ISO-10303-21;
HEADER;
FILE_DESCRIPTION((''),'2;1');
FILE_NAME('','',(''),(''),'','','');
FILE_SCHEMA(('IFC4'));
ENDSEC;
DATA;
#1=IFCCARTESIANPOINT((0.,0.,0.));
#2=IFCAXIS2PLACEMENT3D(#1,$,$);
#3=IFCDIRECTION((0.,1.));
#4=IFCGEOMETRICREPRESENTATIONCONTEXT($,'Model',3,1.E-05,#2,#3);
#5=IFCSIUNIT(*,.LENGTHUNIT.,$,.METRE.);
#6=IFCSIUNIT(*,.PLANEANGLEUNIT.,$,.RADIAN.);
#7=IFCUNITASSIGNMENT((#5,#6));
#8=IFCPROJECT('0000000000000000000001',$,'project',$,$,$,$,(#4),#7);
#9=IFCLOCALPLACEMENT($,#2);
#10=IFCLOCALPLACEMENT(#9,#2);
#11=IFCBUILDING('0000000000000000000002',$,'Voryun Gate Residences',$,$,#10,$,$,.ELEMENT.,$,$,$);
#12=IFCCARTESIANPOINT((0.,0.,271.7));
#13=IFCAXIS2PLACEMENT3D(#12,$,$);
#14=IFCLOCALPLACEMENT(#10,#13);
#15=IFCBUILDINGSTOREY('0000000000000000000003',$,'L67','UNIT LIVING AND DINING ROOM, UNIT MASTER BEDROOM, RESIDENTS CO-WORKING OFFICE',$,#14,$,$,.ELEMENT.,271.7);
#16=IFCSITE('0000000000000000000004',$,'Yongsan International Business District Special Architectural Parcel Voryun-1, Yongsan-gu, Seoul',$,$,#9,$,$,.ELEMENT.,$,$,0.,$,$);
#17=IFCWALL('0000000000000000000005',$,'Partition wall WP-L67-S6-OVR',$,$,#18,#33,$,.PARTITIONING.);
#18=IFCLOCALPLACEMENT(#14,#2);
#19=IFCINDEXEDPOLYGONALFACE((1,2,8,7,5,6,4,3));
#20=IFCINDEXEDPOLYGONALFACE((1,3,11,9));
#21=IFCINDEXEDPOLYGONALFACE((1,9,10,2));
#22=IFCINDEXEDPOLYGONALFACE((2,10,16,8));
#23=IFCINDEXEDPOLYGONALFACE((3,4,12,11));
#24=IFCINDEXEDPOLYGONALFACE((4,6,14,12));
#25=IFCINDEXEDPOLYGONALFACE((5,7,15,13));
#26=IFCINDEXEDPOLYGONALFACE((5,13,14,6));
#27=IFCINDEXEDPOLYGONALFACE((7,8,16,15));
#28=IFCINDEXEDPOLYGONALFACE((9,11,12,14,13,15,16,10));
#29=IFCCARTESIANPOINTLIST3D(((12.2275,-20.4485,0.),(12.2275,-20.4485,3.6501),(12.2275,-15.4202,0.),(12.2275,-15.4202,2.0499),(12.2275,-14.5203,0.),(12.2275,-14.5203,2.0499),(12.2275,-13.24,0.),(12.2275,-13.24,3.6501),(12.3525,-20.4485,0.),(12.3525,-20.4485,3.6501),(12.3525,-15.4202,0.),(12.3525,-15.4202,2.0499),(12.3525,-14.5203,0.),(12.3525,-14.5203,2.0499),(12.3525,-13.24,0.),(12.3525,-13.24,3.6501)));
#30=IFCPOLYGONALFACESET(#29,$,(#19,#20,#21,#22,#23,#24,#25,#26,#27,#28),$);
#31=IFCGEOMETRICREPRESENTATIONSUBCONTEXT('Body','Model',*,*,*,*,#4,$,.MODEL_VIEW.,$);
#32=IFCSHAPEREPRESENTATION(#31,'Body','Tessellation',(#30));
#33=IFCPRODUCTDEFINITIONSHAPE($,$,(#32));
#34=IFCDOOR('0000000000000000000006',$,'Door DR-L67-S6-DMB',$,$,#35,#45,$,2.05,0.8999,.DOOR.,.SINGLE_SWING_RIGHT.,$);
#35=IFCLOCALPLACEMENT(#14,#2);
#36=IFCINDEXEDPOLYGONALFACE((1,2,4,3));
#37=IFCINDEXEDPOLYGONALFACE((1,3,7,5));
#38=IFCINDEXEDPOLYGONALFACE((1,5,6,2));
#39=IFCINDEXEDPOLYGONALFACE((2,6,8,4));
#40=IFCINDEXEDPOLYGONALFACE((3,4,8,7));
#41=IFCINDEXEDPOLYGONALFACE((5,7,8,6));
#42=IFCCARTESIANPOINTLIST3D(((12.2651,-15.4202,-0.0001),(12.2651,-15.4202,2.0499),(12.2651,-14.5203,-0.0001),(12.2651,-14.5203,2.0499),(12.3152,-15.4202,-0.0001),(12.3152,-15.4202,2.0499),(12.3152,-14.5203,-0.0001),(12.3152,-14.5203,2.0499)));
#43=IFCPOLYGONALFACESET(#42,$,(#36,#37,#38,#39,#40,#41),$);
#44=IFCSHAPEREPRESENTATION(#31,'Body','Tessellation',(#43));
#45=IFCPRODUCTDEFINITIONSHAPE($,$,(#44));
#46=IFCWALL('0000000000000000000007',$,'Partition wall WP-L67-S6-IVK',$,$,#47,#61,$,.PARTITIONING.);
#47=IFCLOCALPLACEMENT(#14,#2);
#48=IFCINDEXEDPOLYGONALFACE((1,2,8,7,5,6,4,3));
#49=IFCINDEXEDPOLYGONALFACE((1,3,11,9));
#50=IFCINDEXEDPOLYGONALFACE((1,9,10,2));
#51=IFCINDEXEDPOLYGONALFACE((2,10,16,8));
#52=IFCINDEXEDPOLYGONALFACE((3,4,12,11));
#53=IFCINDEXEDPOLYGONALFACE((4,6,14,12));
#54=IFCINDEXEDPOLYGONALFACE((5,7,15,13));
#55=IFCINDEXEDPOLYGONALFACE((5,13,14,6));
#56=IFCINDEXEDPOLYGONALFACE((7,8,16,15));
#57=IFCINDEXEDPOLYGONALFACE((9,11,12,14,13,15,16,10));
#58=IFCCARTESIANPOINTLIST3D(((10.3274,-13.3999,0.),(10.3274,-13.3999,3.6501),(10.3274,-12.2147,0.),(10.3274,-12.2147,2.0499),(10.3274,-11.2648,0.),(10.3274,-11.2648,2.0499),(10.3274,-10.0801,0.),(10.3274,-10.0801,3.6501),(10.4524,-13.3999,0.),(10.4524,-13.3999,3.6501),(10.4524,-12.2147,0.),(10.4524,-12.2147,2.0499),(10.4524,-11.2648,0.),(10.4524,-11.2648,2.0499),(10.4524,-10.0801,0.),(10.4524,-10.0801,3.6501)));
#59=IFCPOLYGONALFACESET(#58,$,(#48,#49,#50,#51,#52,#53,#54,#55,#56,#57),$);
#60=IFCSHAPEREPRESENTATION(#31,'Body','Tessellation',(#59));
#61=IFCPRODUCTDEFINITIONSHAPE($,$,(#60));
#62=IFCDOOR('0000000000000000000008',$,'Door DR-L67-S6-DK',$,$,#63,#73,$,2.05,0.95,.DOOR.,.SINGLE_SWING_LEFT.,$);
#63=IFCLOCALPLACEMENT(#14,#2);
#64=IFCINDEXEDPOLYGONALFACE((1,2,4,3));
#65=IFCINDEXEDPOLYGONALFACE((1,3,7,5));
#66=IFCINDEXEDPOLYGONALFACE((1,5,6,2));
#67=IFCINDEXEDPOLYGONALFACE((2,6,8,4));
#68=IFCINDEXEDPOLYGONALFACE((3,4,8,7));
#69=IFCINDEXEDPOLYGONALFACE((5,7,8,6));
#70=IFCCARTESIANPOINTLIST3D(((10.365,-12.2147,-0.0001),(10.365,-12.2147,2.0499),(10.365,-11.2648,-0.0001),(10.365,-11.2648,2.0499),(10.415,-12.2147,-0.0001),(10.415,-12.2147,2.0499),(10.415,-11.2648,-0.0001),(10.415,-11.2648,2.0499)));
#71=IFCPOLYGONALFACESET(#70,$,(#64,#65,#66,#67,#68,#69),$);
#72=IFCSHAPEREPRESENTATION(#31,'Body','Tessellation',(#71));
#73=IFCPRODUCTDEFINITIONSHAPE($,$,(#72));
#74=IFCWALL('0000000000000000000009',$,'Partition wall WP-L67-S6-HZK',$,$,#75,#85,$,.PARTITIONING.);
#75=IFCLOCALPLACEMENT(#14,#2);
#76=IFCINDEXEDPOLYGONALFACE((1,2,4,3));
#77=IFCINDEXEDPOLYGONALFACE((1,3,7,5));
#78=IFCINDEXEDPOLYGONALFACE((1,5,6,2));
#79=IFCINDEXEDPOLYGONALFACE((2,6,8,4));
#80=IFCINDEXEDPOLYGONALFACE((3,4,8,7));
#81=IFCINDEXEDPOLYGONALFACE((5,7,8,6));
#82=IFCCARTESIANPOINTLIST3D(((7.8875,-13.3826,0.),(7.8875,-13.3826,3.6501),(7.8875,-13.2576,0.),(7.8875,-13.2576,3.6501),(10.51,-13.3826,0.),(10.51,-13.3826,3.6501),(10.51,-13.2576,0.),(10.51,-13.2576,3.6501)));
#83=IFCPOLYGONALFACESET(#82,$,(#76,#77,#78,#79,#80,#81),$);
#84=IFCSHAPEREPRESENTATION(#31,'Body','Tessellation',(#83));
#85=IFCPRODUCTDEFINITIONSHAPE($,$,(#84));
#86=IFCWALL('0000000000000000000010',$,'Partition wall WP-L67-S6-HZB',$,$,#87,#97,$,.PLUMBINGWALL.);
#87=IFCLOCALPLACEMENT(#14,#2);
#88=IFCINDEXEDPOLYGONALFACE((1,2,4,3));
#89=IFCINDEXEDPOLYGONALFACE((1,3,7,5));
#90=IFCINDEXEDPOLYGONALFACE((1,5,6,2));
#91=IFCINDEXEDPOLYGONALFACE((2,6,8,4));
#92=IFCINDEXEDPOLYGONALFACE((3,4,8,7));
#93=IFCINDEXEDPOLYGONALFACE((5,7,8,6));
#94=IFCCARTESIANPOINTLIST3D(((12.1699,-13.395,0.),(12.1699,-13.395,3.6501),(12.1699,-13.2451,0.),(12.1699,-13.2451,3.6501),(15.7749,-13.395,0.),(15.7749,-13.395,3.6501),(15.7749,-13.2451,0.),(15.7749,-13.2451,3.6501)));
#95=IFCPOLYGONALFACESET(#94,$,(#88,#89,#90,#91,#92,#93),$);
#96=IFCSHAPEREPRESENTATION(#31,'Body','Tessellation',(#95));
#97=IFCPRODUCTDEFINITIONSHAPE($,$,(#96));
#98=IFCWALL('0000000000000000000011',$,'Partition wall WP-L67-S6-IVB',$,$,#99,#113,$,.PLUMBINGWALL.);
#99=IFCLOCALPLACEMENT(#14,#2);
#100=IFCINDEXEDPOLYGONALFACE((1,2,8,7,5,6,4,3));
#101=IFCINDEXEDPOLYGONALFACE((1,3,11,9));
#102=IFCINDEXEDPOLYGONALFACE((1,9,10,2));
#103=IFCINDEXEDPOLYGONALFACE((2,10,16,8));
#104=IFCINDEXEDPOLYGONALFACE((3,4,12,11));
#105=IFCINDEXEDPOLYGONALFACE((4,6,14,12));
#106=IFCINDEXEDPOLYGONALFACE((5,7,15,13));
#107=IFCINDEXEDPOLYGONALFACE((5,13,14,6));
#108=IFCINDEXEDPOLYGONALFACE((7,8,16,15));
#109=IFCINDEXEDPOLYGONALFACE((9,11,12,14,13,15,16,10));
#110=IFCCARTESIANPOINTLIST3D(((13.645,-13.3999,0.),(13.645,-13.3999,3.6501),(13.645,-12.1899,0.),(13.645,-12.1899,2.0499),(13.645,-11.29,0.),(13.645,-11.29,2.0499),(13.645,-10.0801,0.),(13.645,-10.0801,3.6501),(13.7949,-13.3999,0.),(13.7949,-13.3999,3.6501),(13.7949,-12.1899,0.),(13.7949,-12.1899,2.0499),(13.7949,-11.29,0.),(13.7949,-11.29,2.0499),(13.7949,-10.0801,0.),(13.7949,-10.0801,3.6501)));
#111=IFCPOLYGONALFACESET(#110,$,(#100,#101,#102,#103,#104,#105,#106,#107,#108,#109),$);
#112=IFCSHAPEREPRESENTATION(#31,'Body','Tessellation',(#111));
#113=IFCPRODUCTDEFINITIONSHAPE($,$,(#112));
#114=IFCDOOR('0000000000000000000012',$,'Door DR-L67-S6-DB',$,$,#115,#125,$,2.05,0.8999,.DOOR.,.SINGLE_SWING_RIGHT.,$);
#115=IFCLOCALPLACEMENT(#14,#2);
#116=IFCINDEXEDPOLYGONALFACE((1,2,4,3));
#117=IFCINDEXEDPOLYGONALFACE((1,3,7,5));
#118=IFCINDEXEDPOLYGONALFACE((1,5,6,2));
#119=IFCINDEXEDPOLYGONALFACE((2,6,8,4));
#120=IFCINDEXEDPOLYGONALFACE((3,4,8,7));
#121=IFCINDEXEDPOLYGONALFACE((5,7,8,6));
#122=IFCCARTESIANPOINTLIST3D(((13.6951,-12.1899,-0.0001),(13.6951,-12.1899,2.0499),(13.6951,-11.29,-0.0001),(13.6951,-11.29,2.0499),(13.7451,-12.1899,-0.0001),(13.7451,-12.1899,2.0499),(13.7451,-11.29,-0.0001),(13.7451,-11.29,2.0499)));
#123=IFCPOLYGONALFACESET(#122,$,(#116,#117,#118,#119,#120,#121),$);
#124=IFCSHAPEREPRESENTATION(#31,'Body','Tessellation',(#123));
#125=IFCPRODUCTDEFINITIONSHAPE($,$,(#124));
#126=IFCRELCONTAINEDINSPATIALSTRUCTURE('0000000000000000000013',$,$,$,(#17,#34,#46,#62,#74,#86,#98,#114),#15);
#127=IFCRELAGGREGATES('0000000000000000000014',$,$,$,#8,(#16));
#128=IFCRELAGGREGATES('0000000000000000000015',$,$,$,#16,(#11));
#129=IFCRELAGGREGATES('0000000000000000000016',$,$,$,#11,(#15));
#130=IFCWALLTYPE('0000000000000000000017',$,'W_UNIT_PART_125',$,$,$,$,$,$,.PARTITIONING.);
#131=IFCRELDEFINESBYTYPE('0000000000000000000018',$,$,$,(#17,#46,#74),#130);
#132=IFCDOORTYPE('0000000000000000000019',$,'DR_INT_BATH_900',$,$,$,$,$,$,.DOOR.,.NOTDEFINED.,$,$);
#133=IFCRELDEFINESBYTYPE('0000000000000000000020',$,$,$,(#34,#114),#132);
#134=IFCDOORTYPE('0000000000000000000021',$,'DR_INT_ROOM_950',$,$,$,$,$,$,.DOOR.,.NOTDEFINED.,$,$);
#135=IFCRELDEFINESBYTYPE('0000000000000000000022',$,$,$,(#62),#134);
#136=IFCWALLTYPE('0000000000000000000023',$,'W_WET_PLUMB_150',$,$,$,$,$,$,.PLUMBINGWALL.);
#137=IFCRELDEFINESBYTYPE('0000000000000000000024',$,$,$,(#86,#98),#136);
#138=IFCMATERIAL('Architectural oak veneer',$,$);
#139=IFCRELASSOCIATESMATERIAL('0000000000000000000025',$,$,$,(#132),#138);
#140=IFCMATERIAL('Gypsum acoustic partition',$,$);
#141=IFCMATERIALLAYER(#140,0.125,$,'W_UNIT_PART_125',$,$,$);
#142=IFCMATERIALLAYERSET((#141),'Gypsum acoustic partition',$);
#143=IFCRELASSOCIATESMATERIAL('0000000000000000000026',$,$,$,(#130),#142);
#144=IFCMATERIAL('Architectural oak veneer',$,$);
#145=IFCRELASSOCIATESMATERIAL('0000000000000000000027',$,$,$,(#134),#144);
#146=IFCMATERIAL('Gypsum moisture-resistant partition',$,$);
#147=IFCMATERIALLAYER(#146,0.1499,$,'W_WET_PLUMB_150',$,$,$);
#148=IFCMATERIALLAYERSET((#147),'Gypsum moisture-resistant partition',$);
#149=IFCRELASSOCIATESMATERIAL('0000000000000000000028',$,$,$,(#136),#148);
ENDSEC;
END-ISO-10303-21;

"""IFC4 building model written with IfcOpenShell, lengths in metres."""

from ifc_helpers import new_model, si_unit, direction, frame, frame_2d, origin, place, context, subcontext, project, spatial, rectangle, extrude, material, layer, layer_set, type_object, element, fill, save


model = new_model("IFC4")

# Units and contexts
model_context = context("Model", 3, precision=1e-05, world=origin(), true_north=direction((0.0, 1.0)))
body_context = subcontext(model_context, "Body", "Model", "MODEL_VIEW")
ifc_project = project(units=[si_unit("LENGTHUNIT", "METRE"), si_unit("PLANEANGLEUNIT", "RADIAN")], contexts=[model_context])

# Site, building, storey
site_placement = place(None, origin())
site = spatial("IfcSite", under=ifc_project, at=site_placement, Name="Yongsan International Business District Special Architectural Parcel Voryun-1, Yongsan-gu, Seoul", CompositionType="ELEMENT", RefElevation=0.0)
building_placement = place(site_placement, origin())
building = spatial("IfcBuilding", under=site, at=building_placement, Name="Voryun Gate Residences", CompositionType="ELEMENT")
storey_placement = place(building_placement, frame((0.0, 0.0, 271.7)))
storey = spatial("IfcBuildingStorey", under=building, at=storey_placement, Name="L67", Description="UNIT LIVING AND DINING ROOM, UNIT MASTER BEDROOM, RESIDENTS CO-WORKING OFFICE", CompositionType="ELEMENT", Elevation=271.7)

# Walls, openings, doors
ifc_material_1 = material(Name="Architectural oak veneer")
door_type_1 = type_object("IfcDoorType", Name="DR_INT_BATH_900", OperationType="NOTDEFINED", PredefinedType="DOOR", material=ifc_material_1)
ifc_material_2 = material(Name="Gypsum acoustic partition")
ifc_layer_1 = layer(ifc_material_2, 0.125, Name="W_UNIT_PART_125")
ifc_layer_set_1 = layer_set([ifc_layer_1], Name="Gypsum acoustic partition")
wall_type_1 = type_object("IfcWallType", Name="W_UNIT_PART_125", PredefinedType="PARTITIONING", material=ifc_layer_set_1)
wall_1_placement = place(storey_placement, frame((12.29, -20.4485, 0.0), z_axis=(0.0, 0.0, 1.0), x_axis=(0.0, 1.0, 0.0)))
wall_1 = element("IfcWall", 1, at=wall_1_placement, inside=storey, type_object=wall_type_1, Name="Partition wall WP-L67-S6-OVR", PredefinedType="PARTITIONING", context=body_context, shape_type="SweptSolid", body=[
    extrude(rectangle(XDim=7.2085, YDim=0.125, at=frame_2d((3.6042, 0.0))), origin(), (0.0, 0.0, 1.0), 3.6501),
])
opening_1_placement = place(wall_1_placement, frame((5.0283, 0.0, 0.0)))
opening_1 = element("IfcOpeningElement", 2, at=opening_1_placement, cuts=wall_1, PredefinedType="OPENING", context=body_context, shape_type="SweptSolid", body=[
    extrude(rectangle(XDim=0.8999, YDim=2.05, at=frame_2d((0.45, 1.0249))), frame((0.0, 0.0725, 0.0), z_axis=(0.0, -1.0, 0.0), x_axis=(1.0, 0.0, 0.0)), (0.0, 0.0, 1.0), 0.145),
])
door_1_placement = place(opening_1_placement, origin())
door_1 = element("IfcDoor", 3, at=door_1_placement, inside=storey, type_object=door_type_1, Name="Door DR-L67-S6-DMB", OperationType="SINGLE_SWING_RIGHT", OverallHeight=2.05, OverallWidth=0.8999, PredefinedType="DOOR", context=body_context, shape_type="SweptSolid", body=[
    extrude(rectangle(XDim=0.8999, YDim=2.05, at=frame_2d((0.45, 1.0249))), frame((0.0, 0.0249, 0.0), z_axis=(0.0, -1.0, 0.0), x_axis=(1.0, 0.0, 0.0)), (0.0, 0.0, 1.0), 0.05),
])
fill(opening_1, door_1)
wall_2_placement = place(storey_placement, frame((10.3899, -13.3999, 0.0), z_axis=(0.0, 0.0, 1.0), x_axis=(0.0, 1.0, 0.0)))
wall_2 = element("IfcWall", 4, at=wall_2_placement, inside=storey, type_object=wall_type_1, Name="Partition wall WP-L67-S6-IVK", PredefinedType="PARTITIONING", context=body_context, shape_type="SweptSolid", body=[
    extrude(rectangle(XDim=3.3198, YDim=0.125, at=frame_2d((1.6599, 0.0))), origin(), (0.0, 0.0, 1.0), 3.6501),
])
opening_2_placement = place(wall_2_placement, frame((1.1851, 0.0, 0.0)))
opening_2 = element("IfcOpeningElement", 5, at=opening_2_placement, cuts=wall_2, PredefinedType="OPENING", context=body_context, shape_type="SweptSolid", body=[
    extrude(rectangle(XDim=0.95, YDim=2.05, at=frame_2d((0.4751, 1.0249))), frame((0.0, 0.0725, 0.0), z_axis=(0.0, -1.0, 0.0), x_axis=(1.0, 0.0, 0.0)), (0.0, 0.0, 1.0), 0.145),
])
ifc_material_3 = material(Name="Architectural oak veneer")
door_type_2 = type_object("IfcDoorType", Name="DR_INT_ROOM_950", OperationType="NOTDEFINED", PredefinedType="DOOR", material=ifc_material_3)
door_2_placement = place(opening_2_placement, origin())
door_2 = element("IfcDoor", 6, at=door_2_placement, inside=storey, type_object=door_type_2, Name="Door DR-L67-S6-DK", OperationType="SINGLE_SWING_LEFT", OverallHeight=2.05, OverallWidth=0.95, PredefinedType="DOOR", context=body_context, shape_type="SweptSolid", body=[
    extrude(rectangle(XDim=0.95, YDim=2.05, at=frame_2d((0.4751, 1.0249))), frame((0.0, 0.0249, 0.0), z_axis=(0.0, -1.0, 0.0), x_axis=(1.0, 0.0, 0.0)), (0.0, 0.0, 1.0), 0.05),
])
fill(opening_2, door_2)

# Walls
wall_3_placement = place(storey_placement, frame((7.8875, -13.3201, 0.0), z_axis=(0.0, 0.0, 1.0), x_axis=(1.0, 0.0, 0.0)))
element("IfcWall", 7, at=wall_3_placement, inside=storey, type_object=wall_type_1, Name="Partition wall WP-L67-S6-HZK", PredefinedType="PARTITIONING", context=body_context, shape_type="SweptSolid", body=[
    extrude(rectangle(XDim=2.6226, YDim=0.125, at=frame_2d((1.3113, 0.0))), origin(), (0.0, 0.0, 1.0), 3.6501),
])
ifc_material_4 = material(Name="Gypsum moisture-resistant partition")
ifc_layer_2 = layer(ifc_material_4, 0.1499, Name="W_WET_PLUMB_150")
ifc_layer_set_2 = layer_set([ifc_layer_2], Name="Gypsum moisture-resistant partition")
wall_type_2 = type_object("IfcWallType", Name="W_WET_PLUMB_150", PredefinedType="PLUMBINGWALL", material=ifc_layer_set_2)
wall_4_placement = place(storey_placement, frame((12.1699, -13.3201, 0.0), z_axis=(0.0, 0.0, 1.0), x_axis=(1.0, 0.0, 0.0)))
element("IfcWall", 8, at=wall_4_placement, inside=storey, type_object=wall_type_2, Name="Partition wall WP-L67-S6-HZB", PredefinedType="PLUMBINGWALL", context=body_context, shape_type="SweptSolid", body=[
    extrude(rectangle(XDim=3.605, YDim=0.1499, at=frame_2d((1.8025, 0.0))), origin(), (0.0, 0.0, 1.0), 3.6501),
])

# Wall, opening, door
wall_5_placement = place(storey_placement, frame((13.72, -13.3999, 0.0), z_axis=(0.0, 0.0, 1.0), x_axis=(0.0, 1.0, 0.0)))
wall_5 = element("IfcWall", 9, at=wall_5_placement, inside=storey, type_object=wall_type_2, Name="Partition wall WP-L67-S6-IVB", PredefinedType="PLUMBINGWALL", context=body_context, shape_type="SweptSolid", body=[
    extrude(rectangle(XDim=3.3198, YDim=0.1499, at=frame_2d((1.6599, 0.0))), origin(), (0.0, 0.0, 1.0), 3.6501),
])
opening_3_placement = place(wall_5_placement, frame((1.21, 0.0, 0.0)))
opening_3 = element("IfcOpeningElement", 10, at=opening_3_placement, cuts=wall_5, PredefinedType="OPENING", context=body_context, shape_type="SweptSolid", body=[
    extrude(rectangle(XDim=0.8999, YDim=2.05, at=frame_2d((0.45, 1.0249))), frame((0.0, 0.085, 0.0), z_axis=(0.0, -1.0, 0.0), x_axis=(1.0, 0.0, 0.0)), (0.0, 0.0, 1.0), 0.1699),
])
door_3_placement = place(opening_3_placement, origin())
door_3 = element("IfcDoor", 11, at=door_3_placement, inside=storey, type_object=door_type_1, Name="Door DR-L67-S6-DB", OperationType="SINGLE_SWING_RIGHT", OverallHeight=2.05, OverallWidth=0.8999, PredefinedType="DOOR", context=body_context, shape_type="SweptSolid", body=[
    extrude(rectangle(XDim=0.8999, YDim=2.05, at=frame_2d((0.45, 1.0249))), frame((0.0, 0.0249, 0.0), z_axis=(0.0, -1.0, 0.0), x_axis=(1.0, 0.0, 0.0)), (0.0, 0.0, 1.0), 0.05),
])
fill(opening_3, door_3)

save(model, "model.ifc")
